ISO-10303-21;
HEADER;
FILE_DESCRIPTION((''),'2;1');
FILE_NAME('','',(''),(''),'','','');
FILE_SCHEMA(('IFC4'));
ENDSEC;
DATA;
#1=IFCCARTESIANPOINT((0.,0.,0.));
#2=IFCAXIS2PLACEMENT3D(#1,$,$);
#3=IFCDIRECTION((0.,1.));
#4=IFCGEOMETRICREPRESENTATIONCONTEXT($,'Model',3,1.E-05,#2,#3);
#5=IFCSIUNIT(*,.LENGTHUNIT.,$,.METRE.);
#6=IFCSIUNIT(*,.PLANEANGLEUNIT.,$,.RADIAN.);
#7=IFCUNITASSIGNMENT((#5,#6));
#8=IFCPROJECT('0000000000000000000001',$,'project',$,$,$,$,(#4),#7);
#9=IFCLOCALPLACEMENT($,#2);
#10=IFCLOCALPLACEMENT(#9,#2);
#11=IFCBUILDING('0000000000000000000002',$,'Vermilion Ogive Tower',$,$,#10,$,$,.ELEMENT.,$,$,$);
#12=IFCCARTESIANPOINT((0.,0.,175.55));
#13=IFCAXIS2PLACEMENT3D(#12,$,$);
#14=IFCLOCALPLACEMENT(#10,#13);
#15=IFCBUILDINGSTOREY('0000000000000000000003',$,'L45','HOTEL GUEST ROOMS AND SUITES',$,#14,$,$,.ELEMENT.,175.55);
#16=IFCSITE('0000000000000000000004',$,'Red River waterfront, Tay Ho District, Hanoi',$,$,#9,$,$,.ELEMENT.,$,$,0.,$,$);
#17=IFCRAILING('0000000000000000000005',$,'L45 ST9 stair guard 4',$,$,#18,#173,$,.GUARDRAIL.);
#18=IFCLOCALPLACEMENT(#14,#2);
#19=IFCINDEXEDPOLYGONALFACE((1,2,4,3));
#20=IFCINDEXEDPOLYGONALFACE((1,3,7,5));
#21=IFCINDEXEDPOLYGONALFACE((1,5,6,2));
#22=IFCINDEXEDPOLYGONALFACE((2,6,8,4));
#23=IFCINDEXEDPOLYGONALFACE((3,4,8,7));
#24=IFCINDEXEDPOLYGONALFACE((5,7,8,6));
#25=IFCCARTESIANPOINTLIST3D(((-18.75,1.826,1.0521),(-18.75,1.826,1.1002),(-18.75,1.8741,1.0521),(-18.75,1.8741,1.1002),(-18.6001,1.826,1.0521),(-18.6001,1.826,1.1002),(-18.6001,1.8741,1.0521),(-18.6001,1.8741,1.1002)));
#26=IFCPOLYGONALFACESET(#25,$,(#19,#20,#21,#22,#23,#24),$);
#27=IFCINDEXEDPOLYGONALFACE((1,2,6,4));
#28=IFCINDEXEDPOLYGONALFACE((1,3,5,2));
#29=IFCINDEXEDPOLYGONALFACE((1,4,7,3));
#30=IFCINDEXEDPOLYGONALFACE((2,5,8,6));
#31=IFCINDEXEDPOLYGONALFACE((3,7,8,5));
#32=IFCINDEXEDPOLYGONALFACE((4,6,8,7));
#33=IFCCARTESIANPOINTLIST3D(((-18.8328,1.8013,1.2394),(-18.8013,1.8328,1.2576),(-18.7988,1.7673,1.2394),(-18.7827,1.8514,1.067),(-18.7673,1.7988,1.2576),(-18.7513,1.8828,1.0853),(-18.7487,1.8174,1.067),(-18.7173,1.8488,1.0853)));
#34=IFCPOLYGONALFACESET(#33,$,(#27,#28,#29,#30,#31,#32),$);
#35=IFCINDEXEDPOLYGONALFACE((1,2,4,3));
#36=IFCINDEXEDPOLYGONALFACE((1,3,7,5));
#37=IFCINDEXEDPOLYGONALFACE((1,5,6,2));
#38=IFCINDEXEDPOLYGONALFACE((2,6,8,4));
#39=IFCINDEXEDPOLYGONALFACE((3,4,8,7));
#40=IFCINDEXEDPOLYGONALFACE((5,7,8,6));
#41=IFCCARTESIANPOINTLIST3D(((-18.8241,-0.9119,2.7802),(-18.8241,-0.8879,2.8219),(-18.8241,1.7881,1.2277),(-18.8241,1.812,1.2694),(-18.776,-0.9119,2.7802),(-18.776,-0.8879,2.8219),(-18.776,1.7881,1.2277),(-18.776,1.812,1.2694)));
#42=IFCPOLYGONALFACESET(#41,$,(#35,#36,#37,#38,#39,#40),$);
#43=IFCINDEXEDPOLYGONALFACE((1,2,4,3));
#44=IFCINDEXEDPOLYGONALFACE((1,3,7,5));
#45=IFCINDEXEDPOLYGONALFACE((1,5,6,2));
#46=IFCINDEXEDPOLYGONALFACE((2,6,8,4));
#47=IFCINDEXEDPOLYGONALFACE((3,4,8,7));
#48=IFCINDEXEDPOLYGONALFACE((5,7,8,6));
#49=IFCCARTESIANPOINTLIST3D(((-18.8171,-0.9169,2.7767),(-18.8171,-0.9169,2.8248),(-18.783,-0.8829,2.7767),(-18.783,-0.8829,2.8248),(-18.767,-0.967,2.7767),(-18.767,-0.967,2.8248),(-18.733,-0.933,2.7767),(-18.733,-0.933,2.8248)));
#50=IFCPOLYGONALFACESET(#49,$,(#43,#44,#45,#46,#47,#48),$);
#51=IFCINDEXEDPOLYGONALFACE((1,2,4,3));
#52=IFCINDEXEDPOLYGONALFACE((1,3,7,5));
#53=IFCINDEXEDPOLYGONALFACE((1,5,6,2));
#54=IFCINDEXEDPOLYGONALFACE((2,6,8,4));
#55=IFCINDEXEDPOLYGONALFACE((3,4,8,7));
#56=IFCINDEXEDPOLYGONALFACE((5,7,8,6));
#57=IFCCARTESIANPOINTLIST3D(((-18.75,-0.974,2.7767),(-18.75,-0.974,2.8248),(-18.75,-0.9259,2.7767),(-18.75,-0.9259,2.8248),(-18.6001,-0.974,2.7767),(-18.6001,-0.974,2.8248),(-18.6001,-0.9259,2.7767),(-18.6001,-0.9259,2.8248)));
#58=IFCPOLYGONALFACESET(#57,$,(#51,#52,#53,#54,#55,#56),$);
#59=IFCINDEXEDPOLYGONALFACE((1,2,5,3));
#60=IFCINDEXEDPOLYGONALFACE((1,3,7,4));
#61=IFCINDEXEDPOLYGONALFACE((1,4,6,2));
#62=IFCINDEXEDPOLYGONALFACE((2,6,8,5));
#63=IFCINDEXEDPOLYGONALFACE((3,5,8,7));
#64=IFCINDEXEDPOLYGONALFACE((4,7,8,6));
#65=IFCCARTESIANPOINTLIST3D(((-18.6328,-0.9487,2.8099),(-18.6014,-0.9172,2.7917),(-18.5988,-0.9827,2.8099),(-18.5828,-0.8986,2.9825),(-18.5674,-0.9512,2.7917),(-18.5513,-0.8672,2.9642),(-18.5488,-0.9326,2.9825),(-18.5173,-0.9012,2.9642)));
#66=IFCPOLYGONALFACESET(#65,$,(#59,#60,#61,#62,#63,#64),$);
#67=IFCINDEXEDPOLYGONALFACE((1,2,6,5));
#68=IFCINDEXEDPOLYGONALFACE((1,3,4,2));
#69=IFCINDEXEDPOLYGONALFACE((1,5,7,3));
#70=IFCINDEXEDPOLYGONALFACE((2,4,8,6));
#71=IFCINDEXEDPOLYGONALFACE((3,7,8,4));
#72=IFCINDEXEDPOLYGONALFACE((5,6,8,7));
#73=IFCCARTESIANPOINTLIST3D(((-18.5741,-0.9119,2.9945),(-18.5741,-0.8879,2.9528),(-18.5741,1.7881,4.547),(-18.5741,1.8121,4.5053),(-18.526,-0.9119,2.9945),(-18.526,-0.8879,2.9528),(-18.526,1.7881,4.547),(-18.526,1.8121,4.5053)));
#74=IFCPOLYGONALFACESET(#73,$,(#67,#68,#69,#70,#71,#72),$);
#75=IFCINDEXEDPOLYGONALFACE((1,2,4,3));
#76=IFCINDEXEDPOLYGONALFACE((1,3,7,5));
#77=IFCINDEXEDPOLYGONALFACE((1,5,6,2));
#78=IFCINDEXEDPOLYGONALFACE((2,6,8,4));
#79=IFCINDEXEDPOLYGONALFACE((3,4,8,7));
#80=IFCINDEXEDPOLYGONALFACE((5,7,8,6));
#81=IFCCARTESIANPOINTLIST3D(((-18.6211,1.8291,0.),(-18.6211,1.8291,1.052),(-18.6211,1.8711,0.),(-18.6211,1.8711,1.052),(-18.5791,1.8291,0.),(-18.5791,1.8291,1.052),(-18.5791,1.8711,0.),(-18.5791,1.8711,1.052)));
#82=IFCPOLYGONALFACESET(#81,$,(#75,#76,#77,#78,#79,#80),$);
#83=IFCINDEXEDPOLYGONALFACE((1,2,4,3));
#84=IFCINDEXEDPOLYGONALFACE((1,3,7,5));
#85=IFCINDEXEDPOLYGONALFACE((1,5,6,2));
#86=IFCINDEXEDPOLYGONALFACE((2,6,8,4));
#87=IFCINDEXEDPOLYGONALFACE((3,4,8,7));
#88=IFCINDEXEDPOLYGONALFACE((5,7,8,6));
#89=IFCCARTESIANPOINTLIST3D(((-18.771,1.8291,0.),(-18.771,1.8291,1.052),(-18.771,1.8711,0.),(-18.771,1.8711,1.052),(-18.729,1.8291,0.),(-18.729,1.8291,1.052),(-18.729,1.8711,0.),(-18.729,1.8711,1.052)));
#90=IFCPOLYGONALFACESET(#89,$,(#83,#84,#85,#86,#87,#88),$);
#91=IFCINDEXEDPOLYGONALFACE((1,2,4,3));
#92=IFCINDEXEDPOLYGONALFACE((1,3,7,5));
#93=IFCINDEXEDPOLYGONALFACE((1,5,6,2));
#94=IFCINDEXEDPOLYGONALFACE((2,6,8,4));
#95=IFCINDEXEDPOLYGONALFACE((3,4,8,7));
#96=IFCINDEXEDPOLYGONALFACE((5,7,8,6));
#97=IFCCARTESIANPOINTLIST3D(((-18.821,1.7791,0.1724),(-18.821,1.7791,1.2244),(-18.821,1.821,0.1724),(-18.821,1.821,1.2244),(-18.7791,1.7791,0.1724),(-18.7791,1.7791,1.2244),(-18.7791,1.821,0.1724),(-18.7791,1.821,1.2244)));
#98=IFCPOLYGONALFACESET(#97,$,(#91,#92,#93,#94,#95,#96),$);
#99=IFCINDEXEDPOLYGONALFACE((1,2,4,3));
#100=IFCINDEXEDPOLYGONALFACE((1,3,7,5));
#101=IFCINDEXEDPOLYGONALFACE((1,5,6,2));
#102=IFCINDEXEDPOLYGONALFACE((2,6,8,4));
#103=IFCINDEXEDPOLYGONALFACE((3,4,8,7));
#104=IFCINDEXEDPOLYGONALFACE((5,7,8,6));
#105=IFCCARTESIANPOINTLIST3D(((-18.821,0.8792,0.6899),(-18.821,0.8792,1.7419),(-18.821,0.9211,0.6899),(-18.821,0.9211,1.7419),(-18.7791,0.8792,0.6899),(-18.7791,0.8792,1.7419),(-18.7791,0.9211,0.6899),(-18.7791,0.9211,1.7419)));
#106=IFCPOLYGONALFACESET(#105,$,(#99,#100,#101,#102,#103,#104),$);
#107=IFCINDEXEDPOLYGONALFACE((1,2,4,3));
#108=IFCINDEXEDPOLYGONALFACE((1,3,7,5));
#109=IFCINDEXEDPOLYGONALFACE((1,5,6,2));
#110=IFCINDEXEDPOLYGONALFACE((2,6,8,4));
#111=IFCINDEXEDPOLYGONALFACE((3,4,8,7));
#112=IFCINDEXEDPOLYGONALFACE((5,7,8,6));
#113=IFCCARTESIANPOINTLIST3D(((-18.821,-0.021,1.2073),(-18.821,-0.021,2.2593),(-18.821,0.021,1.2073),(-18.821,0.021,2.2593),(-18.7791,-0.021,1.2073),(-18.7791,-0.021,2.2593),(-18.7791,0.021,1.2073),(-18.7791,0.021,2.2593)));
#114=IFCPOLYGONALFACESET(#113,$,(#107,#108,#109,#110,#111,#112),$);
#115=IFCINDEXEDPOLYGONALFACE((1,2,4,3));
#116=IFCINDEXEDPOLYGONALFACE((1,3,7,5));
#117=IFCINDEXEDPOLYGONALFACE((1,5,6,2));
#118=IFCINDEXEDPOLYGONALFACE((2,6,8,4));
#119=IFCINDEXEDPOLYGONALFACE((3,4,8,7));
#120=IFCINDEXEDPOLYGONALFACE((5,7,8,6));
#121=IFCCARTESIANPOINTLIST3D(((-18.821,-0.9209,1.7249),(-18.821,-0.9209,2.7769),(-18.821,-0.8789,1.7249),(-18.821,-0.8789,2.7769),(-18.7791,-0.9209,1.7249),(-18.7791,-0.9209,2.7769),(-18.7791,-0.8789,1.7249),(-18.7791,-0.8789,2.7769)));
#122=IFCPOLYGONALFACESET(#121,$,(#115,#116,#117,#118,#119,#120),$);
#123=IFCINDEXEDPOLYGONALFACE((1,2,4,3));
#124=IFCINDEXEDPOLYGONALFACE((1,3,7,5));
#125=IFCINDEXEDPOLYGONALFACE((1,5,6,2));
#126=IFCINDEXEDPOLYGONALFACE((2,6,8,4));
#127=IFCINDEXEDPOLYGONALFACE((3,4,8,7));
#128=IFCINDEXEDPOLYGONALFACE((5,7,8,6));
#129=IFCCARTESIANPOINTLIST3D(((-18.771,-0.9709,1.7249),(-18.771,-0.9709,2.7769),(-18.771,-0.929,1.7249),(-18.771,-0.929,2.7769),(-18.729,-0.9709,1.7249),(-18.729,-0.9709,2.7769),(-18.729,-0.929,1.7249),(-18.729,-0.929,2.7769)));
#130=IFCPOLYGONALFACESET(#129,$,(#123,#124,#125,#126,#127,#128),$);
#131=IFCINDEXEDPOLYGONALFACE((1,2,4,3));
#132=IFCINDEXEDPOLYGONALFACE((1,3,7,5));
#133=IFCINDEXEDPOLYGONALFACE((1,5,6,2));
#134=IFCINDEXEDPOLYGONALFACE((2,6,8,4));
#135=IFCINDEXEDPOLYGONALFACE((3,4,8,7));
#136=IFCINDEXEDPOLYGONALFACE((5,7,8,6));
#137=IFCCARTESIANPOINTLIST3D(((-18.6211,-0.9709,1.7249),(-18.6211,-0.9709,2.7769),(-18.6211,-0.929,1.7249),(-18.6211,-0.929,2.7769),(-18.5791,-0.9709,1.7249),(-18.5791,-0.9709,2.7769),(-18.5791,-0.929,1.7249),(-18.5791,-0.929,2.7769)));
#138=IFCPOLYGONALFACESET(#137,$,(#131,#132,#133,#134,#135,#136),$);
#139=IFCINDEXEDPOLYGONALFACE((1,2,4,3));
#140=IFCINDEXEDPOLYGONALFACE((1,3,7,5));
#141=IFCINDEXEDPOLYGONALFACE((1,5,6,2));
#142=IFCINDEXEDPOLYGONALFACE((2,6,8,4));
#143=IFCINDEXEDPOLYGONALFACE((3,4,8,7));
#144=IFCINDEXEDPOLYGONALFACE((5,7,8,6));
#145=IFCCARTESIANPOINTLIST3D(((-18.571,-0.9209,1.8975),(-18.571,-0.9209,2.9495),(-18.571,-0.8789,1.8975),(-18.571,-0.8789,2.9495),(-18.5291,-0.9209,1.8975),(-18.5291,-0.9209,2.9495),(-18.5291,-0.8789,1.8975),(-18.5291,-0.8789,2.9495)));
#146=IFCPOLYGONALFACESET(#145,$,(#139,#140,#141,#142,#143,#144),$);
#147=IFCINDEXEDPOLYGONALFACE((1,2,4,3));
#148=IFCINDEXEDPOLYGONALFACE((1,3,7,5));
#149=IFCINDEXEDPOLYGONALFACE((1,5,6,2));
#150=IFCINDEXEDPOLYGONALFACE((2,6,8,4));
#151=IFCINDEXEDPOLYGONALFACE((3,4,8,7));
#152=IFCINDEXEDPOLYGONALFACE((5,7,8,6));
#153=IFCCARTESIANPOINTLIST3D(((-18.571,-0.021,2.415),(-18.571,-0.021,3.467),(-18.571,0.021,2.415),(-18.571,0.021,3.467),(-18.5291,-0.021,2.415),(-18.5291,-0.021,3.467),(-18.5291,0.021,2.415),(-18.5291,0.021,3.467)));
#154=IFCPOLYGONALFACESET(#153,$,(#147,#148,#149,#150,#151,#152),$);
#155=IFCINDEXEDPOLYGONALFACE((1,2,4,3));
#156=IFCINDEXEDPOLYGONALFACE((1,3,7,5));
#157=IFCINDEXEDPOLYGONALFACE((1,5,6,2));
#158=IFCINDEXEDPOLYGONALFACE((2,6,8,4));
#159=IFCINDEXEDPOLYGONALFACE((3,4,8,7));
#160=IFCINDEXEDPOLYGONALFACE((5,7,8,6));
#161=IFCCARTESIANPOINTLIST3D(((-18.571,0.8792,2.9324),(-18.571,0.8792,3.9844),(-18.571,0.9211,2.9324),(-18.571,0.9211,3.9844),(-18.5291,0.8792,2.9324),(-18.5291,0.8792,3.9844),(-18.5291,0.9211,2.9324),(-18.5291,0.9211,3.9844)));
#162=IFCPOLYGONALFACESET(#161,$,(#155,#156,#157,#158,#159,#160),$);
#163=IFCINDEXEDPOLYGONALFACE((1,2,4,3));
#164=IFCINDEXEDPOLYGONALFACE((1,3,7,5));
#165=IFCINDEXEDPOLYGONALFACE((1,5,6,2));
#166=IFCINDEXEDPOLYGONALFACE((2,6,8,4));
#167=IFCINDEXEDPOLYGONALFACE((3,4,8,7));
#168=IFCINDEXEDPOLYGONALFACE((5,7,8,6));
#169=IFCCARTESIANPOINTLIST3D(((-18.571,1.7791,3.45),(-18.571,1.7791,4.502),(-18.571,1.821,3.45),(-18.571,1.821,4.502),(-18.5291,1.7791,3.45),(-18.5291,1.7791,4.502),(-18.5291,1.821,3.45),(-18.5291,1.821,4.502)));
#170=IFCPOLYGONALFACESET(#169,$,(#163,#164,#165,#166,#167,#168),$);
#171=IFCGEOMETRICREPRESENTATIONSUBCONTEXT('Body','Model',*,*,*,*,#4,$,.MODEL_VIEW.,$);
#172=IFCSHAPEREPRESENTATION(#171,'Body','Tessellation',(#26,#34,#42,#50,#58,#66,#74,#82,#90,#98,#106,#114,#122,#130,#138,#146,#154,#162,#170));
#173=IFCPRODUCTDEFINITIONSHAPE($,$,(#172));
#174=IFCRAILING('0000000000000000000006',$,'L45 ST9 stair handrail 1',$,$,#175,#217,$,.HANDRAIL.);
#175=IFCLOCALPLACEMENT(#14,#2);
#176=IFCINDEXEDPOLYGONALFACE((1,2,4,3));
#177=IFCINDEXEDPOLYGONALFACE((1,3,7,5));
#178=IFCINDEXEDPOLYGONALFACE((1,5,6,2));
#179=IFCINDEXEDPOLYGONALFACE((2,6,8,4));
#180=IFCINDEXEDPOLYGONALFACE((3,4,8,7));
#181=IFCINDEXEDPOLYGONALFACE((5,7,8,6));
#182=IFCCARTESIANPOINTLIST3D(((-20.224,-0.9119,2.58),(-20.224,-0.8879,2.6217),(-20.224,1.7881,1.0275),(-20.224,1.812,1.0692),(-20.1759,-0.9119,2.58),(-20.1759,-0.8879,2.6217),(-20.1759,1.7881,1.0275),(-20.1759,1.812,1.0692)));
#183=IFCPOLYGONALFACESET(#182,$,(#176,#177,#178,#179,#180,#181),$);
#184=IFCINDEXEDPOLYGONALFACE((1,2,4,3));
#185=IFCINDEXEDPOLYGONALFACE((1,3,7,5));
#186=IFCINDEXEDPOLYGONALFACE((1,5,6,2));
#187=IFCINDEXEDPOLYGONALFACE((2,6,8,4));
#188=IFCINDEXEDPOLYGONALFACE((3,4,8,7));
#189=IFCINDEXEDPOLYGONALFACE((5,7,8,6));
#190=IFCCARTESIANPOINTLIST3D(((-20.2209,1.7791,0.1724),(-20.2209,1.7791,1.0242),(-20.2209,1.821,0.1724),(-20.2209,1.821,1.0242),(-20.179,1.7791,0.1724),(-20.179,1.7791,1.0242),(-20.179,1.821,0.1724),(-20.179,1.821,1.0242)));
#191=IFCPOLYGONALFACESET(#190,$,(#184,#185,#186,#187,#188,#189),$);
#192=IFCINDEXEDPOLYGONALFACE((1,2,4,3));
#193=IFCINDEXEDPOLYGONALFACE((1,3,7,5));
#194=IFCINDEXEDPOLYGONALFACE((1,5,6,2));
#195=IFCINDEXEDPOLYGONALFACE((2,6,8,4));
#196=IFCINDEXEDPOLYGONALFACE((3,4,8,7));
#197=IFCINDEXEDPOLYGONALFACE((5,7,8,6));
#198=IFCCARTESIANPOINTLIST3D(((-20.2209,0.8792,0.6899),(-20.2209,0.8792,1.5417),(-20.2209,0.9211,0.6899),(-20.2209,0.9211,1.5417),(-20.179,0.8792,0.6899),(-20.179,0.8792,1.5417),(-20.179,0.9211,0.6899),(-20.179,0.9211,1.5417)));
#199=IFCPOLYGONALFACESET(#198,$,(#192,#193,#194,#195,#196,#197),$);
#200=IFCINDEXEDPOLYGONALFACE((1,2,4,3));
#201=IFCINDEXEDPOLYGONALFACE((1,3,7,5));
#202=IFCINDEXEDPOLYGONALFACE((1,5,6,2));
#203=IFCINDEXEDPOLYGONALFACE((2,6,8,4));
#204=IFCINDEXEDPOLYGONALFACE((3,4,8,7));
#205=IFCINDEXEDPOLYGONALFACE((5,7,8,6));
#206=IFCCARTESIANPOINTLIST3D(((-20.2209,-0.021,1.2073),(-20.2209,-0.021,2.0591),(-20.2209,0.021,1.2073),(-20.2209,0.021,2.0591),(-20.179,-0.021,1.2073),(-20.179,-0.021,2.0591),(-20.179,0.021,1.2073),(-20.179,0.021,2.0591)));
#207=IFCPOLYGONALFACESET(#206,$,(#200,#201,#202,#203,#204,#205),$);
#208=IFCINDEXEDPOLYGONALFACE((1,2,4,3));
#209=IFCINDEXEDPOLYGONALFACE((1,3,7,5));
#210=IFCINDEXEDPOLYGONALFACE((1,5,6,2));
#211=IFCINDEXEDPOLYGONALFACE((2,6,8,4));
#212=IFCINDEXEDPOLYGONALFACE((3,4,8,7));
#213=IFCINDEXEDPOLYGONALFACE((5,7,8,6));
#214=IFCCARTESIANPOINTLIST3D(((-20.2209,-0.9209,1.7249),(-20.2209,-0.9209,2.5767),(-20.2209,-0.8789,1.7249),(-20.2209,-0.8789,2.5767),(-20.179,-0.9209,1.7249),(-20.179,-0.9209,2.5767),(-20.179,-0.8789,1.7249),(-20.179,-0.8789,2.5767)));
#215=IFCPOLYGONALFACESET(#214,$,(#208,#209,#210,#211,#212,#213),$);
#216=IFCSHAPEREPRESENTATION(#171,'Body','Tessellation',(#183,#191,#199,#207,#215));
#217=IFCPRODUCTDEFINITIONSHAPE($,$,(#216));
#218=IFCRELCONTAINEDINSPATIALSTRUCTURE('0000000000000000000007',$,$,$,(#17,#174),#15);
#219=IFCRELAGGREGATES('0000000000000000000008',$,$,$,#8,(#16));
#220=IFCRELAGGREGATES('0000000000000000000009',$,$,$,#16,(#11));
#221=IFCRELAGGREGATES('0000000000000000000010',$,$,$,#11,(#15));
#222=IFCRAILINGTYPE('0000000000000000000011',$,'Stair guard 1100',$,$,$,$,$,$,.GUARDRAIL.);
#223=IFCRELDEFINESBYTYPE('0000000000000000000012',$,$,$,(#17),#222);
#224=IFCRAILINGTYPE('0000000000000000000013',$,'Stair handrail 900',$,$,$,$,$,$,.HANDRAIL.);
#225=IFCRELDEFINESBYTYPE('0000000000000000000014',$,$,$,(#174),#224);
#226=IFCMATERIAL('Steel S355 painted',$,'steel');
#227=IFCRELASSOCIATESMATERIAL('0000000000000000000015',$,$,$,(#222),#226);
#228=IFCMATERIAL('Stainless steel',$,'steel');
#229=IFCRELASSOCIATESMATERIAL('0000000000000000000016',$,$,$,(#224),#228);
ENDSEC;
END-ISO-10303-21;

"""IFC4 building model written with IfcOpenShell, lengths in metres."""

from ifc_helpers import new_model, si_unit, direction, frame, origin, origin_2d, place, context, subcontext, project, spatial, rectangle, extrude, material, type_object, element, save


model = new_model("IFC4")

# Units and contexts
model_context = context("Model", 3, precision=1e-05, world=origin(), true_north=direction((0.0, 1.0)))
body_context = subcontext(model_context, "Body", "Model", "MODEL_VIEW")
ifc_project = project(units=[si_unit("LENGTHUNIT", "METRE"), si_unit("PLANEANGLEUNIT", "RADIAN")], contexts=[model_context])

# Site, building, storey
site_placement = place(None, origin())
site = spatial("IfcSite", under=ifc_project, at=site_placement, Name="Red River waterfront, Tay Ho District, Hanoi", CompositionType="ELEMENT", RefElevation=0.0)
building_placement = place(site_placement, origin())
building = spatial("IfcBuilding", under=site, at=building_placement, Name="Vermilion Ogive Tower", CompositionType="ELEMENT")
storey_placement = place(building_placement, frame((0.0, 0.0, 175.55)))
storey = spatial("IfcBuildingStorey", under=building, at=storey_placement, Name="L45", Description="HOTEL GUEST ROOMS AND SUITES", CompositionType="ELEMENT", Elevation=175.55)

# Railings
ifc_material_1 = material(Name="Steel S355 painted", Category="steel")
railing_type_1 = type_object("IfcRailingType", Name="Stair guard 1100", PredefinedType="GUARDRAIL", material=ifc_material_1)
railing_1_placement = place(storey_placement, frame((-18.6001, 1.8501, 0.0)))
element("IfcRailing", 1, at=railing_1_placement, inside=storey, type_object=railing_type_1, Name="L45 ST9 stair guard 4", PredefinedType="GUARDRAIL", context=body_context, shape_type="SweptSolid", body=[
    extrude(rectangle(XDim=0.0481, YDim=0.0481, at=origin_2d()), frame((0.0, 0.0, 1.0762), z_axis=(-1.0, 0.0, 0.0), x_axis=(0.0, -1.0, 0.0)), (0.0, 0.0, 1.0), 0.1499),
    extrude(rectangle(XDim=0.0481, YDim=0.0481, at=origin_2d()), frame((-0.1499, 0.0, 1.0762), z_axis=(-0.268603, -0.268603, 0.925043), x_axis=(0.707107, -0.707107, 0.0)), (0.0, 0.0, 1.0), 0.1863),
    extrude(rectangle(XDim=0.0481, YDim=0.0481, at=origin_2d()), frame((-0.2, -0.05, 1.2485), z_axis=(0.0, -0.866904, 0.498476), x_axis=(1.0, 0.0, 0.0)), (0.0, 0.0, 1.0), 3.1145),
    extrude(rectangle(XDim=0.0481, YDim=0.0481, at=origin_2d()), frame((-0.2, -2.75, 2.8008), z_axis=(0.707107, -0.707107, 0.0), x_axis=(0.707107, 0.707107, 0.0)), (0.0, 0.0, 1.0), 0.0708),
    extrude(rectangle(XDim=0.0481, YDim=0.0481, at=origin_2d()), frame((-0.1499, -2.8, 2.8008), z_axis=(1.0, 0.0, 0.0), x_axis=(0.0, 1.0, 0.0)), (0.0, 0.0, 1.0), 0.1499),
    extrude(rectangle(XDim=0.0481, YDim=0.0481, at=origin_2d()), frame((0.0, -2.8, 2.8008), z_axis=(0.268278, 0.268278, 0.925232), x_axis=(-0.707107, 0.707107, 0.0)), (0.0, 0.0, 1.0), 0.1865),
    extrude(rectangle(XDim=0.0481, YDim=0.0481, at=origin_2d()), frame((0.05, -2.75, 2.9736), z_axis=(0.0, 0.866904, 0.498476), x_axis=(-1.0, 0.0, 0.0)), (0.0, 0.0, 1.0), 3.1145),
    extrude(rectangle(XDim=0.042, YDim=0.042, at=origin_2d()), origin(), (0.0, 0.0, 1.0), 1.052),
    extrude(rectangle(XDim=0.042, YDim=0.042, at=origin_2d()), frame((-0.1499, 0.0, 0.0)), (0.0, 0.0, 1.0), 1.052),
    extrude(rectangle(XDim=0.042, YDim=0.042, at=origin_2d()), frame((-0.2, -0.05, 0.1724)), (0.0, 0.0, 1.0), 1.052),
    extrude(rectangle(XDim=0.042, YDim=0.042, at=origin_2d()), frame((-0.2, -0.95, 0.6899)), (0.0, 0.0, 1.0), 1.052),
    extrude(rectangle(XDim=0.042, YDim=0.042, at=origin_2d()), frame((-0.2, -1.8501, 1.2073)), (0.0, 0.0, 1.0), 1.052),
    extrude(rectangle(XDim=0.042, YDim=0.042, at=origin_2d()), frame((-0.2, -2.75, 1.7249)), (0.0, 0.0, 1.0), 1.052),
    extrude(rectangle(XDim=0.042, YDim=0.042, at=origin_2d()), frame((-0.1499, -2.8, 1.7249)), (0.0, 0.0, 1.0), 1.052),
    extrude(rectangle(XDim=0.042, YDim=0.042, at=origin_2d()), frame((0.0, -2.8, 1.7249)), (0.0, 0.0, 1.0), 1.052),
    extrude(rectangle(XDim=0.042, YDim=0.042, at=origin_2d()), frame((0.05, -2.75, 1.8975)), (0.0, 0.0, 1.0), 1.052),
    extrude(rectangle(XDim=0.042, YDim=0.042, at=origin_2d()), frame((0.05, -1.8501, 2.415)), (0.0, 0.0, 1.0), 1.052),
    extrude(rectangle(XDim=0.042, YDim=0.042, at=origin_2d()), frame((0.05, -0.95, 2.9324)), (0.0, 0.0, 1.0), 1.052),
    extrude(rectangle(XDim=0.042, YDim=0.042, at=origin_2d()), frame((0.05, -0.05, 3.45)), (0.0, 0.0, 1.0), 1.052),
])
ifc_material_2 = material(Name="Stainless steel", Category="steel")
railing_type_2 = type_object("IfcRailingType", Name="Stair handrail 900", PredefinedType="HANDRAIL", material=ifc_material_2)
railing_2_placement = place(storey_placement, frame((-20.2, 1.8, 0.1724)))
element("IfcRailing", 2, at=railing_2_placement, inside=storey, type_object=railing_type_2, Name="L45 ST9 stair handrail 1", PredefinedType="HANDRAIL", context=body_context, shape_type="SweptSolid", body=[
    extrude(rectangle(XDim=0.0481, YDim=0.0481, at=origin_2d()), frame((0.0, 0.0, 0.876), z_axis=(0.0, -0.866904, 0.498476), x_axis=(1.0, 0.0, 0.0)), (0.0, 0.0, 1.0), 3.1145),
    extrude(rectangle(XDim=0.042, YDim=0.042, at=origin_2d()), origin(), (0.0, 0.0, 1.0), 0.8518),
    extrude(rectangle(XDim=0.042, YDim=0.042, at=origin_2d()), frame((0.0, -0.8999, 0.5176)), (0.0, 0.0, 1.0), 0.8518),
    extrude(rectangle(XDim=0.042, YDim=0.042, at=origin_2d()), frame((0.0, -1.8, 1.0349)), (0.0, 0.0, 1.0), 0.8518),
    extrude(rectangle(XDim=0.042, YDim=0.042, at=origin_2d()), frame((0.0, -2.7, 1.5525)), (0.0, 0.0, 1.0), 0.8518),
])

save(model, "model.ifc")
